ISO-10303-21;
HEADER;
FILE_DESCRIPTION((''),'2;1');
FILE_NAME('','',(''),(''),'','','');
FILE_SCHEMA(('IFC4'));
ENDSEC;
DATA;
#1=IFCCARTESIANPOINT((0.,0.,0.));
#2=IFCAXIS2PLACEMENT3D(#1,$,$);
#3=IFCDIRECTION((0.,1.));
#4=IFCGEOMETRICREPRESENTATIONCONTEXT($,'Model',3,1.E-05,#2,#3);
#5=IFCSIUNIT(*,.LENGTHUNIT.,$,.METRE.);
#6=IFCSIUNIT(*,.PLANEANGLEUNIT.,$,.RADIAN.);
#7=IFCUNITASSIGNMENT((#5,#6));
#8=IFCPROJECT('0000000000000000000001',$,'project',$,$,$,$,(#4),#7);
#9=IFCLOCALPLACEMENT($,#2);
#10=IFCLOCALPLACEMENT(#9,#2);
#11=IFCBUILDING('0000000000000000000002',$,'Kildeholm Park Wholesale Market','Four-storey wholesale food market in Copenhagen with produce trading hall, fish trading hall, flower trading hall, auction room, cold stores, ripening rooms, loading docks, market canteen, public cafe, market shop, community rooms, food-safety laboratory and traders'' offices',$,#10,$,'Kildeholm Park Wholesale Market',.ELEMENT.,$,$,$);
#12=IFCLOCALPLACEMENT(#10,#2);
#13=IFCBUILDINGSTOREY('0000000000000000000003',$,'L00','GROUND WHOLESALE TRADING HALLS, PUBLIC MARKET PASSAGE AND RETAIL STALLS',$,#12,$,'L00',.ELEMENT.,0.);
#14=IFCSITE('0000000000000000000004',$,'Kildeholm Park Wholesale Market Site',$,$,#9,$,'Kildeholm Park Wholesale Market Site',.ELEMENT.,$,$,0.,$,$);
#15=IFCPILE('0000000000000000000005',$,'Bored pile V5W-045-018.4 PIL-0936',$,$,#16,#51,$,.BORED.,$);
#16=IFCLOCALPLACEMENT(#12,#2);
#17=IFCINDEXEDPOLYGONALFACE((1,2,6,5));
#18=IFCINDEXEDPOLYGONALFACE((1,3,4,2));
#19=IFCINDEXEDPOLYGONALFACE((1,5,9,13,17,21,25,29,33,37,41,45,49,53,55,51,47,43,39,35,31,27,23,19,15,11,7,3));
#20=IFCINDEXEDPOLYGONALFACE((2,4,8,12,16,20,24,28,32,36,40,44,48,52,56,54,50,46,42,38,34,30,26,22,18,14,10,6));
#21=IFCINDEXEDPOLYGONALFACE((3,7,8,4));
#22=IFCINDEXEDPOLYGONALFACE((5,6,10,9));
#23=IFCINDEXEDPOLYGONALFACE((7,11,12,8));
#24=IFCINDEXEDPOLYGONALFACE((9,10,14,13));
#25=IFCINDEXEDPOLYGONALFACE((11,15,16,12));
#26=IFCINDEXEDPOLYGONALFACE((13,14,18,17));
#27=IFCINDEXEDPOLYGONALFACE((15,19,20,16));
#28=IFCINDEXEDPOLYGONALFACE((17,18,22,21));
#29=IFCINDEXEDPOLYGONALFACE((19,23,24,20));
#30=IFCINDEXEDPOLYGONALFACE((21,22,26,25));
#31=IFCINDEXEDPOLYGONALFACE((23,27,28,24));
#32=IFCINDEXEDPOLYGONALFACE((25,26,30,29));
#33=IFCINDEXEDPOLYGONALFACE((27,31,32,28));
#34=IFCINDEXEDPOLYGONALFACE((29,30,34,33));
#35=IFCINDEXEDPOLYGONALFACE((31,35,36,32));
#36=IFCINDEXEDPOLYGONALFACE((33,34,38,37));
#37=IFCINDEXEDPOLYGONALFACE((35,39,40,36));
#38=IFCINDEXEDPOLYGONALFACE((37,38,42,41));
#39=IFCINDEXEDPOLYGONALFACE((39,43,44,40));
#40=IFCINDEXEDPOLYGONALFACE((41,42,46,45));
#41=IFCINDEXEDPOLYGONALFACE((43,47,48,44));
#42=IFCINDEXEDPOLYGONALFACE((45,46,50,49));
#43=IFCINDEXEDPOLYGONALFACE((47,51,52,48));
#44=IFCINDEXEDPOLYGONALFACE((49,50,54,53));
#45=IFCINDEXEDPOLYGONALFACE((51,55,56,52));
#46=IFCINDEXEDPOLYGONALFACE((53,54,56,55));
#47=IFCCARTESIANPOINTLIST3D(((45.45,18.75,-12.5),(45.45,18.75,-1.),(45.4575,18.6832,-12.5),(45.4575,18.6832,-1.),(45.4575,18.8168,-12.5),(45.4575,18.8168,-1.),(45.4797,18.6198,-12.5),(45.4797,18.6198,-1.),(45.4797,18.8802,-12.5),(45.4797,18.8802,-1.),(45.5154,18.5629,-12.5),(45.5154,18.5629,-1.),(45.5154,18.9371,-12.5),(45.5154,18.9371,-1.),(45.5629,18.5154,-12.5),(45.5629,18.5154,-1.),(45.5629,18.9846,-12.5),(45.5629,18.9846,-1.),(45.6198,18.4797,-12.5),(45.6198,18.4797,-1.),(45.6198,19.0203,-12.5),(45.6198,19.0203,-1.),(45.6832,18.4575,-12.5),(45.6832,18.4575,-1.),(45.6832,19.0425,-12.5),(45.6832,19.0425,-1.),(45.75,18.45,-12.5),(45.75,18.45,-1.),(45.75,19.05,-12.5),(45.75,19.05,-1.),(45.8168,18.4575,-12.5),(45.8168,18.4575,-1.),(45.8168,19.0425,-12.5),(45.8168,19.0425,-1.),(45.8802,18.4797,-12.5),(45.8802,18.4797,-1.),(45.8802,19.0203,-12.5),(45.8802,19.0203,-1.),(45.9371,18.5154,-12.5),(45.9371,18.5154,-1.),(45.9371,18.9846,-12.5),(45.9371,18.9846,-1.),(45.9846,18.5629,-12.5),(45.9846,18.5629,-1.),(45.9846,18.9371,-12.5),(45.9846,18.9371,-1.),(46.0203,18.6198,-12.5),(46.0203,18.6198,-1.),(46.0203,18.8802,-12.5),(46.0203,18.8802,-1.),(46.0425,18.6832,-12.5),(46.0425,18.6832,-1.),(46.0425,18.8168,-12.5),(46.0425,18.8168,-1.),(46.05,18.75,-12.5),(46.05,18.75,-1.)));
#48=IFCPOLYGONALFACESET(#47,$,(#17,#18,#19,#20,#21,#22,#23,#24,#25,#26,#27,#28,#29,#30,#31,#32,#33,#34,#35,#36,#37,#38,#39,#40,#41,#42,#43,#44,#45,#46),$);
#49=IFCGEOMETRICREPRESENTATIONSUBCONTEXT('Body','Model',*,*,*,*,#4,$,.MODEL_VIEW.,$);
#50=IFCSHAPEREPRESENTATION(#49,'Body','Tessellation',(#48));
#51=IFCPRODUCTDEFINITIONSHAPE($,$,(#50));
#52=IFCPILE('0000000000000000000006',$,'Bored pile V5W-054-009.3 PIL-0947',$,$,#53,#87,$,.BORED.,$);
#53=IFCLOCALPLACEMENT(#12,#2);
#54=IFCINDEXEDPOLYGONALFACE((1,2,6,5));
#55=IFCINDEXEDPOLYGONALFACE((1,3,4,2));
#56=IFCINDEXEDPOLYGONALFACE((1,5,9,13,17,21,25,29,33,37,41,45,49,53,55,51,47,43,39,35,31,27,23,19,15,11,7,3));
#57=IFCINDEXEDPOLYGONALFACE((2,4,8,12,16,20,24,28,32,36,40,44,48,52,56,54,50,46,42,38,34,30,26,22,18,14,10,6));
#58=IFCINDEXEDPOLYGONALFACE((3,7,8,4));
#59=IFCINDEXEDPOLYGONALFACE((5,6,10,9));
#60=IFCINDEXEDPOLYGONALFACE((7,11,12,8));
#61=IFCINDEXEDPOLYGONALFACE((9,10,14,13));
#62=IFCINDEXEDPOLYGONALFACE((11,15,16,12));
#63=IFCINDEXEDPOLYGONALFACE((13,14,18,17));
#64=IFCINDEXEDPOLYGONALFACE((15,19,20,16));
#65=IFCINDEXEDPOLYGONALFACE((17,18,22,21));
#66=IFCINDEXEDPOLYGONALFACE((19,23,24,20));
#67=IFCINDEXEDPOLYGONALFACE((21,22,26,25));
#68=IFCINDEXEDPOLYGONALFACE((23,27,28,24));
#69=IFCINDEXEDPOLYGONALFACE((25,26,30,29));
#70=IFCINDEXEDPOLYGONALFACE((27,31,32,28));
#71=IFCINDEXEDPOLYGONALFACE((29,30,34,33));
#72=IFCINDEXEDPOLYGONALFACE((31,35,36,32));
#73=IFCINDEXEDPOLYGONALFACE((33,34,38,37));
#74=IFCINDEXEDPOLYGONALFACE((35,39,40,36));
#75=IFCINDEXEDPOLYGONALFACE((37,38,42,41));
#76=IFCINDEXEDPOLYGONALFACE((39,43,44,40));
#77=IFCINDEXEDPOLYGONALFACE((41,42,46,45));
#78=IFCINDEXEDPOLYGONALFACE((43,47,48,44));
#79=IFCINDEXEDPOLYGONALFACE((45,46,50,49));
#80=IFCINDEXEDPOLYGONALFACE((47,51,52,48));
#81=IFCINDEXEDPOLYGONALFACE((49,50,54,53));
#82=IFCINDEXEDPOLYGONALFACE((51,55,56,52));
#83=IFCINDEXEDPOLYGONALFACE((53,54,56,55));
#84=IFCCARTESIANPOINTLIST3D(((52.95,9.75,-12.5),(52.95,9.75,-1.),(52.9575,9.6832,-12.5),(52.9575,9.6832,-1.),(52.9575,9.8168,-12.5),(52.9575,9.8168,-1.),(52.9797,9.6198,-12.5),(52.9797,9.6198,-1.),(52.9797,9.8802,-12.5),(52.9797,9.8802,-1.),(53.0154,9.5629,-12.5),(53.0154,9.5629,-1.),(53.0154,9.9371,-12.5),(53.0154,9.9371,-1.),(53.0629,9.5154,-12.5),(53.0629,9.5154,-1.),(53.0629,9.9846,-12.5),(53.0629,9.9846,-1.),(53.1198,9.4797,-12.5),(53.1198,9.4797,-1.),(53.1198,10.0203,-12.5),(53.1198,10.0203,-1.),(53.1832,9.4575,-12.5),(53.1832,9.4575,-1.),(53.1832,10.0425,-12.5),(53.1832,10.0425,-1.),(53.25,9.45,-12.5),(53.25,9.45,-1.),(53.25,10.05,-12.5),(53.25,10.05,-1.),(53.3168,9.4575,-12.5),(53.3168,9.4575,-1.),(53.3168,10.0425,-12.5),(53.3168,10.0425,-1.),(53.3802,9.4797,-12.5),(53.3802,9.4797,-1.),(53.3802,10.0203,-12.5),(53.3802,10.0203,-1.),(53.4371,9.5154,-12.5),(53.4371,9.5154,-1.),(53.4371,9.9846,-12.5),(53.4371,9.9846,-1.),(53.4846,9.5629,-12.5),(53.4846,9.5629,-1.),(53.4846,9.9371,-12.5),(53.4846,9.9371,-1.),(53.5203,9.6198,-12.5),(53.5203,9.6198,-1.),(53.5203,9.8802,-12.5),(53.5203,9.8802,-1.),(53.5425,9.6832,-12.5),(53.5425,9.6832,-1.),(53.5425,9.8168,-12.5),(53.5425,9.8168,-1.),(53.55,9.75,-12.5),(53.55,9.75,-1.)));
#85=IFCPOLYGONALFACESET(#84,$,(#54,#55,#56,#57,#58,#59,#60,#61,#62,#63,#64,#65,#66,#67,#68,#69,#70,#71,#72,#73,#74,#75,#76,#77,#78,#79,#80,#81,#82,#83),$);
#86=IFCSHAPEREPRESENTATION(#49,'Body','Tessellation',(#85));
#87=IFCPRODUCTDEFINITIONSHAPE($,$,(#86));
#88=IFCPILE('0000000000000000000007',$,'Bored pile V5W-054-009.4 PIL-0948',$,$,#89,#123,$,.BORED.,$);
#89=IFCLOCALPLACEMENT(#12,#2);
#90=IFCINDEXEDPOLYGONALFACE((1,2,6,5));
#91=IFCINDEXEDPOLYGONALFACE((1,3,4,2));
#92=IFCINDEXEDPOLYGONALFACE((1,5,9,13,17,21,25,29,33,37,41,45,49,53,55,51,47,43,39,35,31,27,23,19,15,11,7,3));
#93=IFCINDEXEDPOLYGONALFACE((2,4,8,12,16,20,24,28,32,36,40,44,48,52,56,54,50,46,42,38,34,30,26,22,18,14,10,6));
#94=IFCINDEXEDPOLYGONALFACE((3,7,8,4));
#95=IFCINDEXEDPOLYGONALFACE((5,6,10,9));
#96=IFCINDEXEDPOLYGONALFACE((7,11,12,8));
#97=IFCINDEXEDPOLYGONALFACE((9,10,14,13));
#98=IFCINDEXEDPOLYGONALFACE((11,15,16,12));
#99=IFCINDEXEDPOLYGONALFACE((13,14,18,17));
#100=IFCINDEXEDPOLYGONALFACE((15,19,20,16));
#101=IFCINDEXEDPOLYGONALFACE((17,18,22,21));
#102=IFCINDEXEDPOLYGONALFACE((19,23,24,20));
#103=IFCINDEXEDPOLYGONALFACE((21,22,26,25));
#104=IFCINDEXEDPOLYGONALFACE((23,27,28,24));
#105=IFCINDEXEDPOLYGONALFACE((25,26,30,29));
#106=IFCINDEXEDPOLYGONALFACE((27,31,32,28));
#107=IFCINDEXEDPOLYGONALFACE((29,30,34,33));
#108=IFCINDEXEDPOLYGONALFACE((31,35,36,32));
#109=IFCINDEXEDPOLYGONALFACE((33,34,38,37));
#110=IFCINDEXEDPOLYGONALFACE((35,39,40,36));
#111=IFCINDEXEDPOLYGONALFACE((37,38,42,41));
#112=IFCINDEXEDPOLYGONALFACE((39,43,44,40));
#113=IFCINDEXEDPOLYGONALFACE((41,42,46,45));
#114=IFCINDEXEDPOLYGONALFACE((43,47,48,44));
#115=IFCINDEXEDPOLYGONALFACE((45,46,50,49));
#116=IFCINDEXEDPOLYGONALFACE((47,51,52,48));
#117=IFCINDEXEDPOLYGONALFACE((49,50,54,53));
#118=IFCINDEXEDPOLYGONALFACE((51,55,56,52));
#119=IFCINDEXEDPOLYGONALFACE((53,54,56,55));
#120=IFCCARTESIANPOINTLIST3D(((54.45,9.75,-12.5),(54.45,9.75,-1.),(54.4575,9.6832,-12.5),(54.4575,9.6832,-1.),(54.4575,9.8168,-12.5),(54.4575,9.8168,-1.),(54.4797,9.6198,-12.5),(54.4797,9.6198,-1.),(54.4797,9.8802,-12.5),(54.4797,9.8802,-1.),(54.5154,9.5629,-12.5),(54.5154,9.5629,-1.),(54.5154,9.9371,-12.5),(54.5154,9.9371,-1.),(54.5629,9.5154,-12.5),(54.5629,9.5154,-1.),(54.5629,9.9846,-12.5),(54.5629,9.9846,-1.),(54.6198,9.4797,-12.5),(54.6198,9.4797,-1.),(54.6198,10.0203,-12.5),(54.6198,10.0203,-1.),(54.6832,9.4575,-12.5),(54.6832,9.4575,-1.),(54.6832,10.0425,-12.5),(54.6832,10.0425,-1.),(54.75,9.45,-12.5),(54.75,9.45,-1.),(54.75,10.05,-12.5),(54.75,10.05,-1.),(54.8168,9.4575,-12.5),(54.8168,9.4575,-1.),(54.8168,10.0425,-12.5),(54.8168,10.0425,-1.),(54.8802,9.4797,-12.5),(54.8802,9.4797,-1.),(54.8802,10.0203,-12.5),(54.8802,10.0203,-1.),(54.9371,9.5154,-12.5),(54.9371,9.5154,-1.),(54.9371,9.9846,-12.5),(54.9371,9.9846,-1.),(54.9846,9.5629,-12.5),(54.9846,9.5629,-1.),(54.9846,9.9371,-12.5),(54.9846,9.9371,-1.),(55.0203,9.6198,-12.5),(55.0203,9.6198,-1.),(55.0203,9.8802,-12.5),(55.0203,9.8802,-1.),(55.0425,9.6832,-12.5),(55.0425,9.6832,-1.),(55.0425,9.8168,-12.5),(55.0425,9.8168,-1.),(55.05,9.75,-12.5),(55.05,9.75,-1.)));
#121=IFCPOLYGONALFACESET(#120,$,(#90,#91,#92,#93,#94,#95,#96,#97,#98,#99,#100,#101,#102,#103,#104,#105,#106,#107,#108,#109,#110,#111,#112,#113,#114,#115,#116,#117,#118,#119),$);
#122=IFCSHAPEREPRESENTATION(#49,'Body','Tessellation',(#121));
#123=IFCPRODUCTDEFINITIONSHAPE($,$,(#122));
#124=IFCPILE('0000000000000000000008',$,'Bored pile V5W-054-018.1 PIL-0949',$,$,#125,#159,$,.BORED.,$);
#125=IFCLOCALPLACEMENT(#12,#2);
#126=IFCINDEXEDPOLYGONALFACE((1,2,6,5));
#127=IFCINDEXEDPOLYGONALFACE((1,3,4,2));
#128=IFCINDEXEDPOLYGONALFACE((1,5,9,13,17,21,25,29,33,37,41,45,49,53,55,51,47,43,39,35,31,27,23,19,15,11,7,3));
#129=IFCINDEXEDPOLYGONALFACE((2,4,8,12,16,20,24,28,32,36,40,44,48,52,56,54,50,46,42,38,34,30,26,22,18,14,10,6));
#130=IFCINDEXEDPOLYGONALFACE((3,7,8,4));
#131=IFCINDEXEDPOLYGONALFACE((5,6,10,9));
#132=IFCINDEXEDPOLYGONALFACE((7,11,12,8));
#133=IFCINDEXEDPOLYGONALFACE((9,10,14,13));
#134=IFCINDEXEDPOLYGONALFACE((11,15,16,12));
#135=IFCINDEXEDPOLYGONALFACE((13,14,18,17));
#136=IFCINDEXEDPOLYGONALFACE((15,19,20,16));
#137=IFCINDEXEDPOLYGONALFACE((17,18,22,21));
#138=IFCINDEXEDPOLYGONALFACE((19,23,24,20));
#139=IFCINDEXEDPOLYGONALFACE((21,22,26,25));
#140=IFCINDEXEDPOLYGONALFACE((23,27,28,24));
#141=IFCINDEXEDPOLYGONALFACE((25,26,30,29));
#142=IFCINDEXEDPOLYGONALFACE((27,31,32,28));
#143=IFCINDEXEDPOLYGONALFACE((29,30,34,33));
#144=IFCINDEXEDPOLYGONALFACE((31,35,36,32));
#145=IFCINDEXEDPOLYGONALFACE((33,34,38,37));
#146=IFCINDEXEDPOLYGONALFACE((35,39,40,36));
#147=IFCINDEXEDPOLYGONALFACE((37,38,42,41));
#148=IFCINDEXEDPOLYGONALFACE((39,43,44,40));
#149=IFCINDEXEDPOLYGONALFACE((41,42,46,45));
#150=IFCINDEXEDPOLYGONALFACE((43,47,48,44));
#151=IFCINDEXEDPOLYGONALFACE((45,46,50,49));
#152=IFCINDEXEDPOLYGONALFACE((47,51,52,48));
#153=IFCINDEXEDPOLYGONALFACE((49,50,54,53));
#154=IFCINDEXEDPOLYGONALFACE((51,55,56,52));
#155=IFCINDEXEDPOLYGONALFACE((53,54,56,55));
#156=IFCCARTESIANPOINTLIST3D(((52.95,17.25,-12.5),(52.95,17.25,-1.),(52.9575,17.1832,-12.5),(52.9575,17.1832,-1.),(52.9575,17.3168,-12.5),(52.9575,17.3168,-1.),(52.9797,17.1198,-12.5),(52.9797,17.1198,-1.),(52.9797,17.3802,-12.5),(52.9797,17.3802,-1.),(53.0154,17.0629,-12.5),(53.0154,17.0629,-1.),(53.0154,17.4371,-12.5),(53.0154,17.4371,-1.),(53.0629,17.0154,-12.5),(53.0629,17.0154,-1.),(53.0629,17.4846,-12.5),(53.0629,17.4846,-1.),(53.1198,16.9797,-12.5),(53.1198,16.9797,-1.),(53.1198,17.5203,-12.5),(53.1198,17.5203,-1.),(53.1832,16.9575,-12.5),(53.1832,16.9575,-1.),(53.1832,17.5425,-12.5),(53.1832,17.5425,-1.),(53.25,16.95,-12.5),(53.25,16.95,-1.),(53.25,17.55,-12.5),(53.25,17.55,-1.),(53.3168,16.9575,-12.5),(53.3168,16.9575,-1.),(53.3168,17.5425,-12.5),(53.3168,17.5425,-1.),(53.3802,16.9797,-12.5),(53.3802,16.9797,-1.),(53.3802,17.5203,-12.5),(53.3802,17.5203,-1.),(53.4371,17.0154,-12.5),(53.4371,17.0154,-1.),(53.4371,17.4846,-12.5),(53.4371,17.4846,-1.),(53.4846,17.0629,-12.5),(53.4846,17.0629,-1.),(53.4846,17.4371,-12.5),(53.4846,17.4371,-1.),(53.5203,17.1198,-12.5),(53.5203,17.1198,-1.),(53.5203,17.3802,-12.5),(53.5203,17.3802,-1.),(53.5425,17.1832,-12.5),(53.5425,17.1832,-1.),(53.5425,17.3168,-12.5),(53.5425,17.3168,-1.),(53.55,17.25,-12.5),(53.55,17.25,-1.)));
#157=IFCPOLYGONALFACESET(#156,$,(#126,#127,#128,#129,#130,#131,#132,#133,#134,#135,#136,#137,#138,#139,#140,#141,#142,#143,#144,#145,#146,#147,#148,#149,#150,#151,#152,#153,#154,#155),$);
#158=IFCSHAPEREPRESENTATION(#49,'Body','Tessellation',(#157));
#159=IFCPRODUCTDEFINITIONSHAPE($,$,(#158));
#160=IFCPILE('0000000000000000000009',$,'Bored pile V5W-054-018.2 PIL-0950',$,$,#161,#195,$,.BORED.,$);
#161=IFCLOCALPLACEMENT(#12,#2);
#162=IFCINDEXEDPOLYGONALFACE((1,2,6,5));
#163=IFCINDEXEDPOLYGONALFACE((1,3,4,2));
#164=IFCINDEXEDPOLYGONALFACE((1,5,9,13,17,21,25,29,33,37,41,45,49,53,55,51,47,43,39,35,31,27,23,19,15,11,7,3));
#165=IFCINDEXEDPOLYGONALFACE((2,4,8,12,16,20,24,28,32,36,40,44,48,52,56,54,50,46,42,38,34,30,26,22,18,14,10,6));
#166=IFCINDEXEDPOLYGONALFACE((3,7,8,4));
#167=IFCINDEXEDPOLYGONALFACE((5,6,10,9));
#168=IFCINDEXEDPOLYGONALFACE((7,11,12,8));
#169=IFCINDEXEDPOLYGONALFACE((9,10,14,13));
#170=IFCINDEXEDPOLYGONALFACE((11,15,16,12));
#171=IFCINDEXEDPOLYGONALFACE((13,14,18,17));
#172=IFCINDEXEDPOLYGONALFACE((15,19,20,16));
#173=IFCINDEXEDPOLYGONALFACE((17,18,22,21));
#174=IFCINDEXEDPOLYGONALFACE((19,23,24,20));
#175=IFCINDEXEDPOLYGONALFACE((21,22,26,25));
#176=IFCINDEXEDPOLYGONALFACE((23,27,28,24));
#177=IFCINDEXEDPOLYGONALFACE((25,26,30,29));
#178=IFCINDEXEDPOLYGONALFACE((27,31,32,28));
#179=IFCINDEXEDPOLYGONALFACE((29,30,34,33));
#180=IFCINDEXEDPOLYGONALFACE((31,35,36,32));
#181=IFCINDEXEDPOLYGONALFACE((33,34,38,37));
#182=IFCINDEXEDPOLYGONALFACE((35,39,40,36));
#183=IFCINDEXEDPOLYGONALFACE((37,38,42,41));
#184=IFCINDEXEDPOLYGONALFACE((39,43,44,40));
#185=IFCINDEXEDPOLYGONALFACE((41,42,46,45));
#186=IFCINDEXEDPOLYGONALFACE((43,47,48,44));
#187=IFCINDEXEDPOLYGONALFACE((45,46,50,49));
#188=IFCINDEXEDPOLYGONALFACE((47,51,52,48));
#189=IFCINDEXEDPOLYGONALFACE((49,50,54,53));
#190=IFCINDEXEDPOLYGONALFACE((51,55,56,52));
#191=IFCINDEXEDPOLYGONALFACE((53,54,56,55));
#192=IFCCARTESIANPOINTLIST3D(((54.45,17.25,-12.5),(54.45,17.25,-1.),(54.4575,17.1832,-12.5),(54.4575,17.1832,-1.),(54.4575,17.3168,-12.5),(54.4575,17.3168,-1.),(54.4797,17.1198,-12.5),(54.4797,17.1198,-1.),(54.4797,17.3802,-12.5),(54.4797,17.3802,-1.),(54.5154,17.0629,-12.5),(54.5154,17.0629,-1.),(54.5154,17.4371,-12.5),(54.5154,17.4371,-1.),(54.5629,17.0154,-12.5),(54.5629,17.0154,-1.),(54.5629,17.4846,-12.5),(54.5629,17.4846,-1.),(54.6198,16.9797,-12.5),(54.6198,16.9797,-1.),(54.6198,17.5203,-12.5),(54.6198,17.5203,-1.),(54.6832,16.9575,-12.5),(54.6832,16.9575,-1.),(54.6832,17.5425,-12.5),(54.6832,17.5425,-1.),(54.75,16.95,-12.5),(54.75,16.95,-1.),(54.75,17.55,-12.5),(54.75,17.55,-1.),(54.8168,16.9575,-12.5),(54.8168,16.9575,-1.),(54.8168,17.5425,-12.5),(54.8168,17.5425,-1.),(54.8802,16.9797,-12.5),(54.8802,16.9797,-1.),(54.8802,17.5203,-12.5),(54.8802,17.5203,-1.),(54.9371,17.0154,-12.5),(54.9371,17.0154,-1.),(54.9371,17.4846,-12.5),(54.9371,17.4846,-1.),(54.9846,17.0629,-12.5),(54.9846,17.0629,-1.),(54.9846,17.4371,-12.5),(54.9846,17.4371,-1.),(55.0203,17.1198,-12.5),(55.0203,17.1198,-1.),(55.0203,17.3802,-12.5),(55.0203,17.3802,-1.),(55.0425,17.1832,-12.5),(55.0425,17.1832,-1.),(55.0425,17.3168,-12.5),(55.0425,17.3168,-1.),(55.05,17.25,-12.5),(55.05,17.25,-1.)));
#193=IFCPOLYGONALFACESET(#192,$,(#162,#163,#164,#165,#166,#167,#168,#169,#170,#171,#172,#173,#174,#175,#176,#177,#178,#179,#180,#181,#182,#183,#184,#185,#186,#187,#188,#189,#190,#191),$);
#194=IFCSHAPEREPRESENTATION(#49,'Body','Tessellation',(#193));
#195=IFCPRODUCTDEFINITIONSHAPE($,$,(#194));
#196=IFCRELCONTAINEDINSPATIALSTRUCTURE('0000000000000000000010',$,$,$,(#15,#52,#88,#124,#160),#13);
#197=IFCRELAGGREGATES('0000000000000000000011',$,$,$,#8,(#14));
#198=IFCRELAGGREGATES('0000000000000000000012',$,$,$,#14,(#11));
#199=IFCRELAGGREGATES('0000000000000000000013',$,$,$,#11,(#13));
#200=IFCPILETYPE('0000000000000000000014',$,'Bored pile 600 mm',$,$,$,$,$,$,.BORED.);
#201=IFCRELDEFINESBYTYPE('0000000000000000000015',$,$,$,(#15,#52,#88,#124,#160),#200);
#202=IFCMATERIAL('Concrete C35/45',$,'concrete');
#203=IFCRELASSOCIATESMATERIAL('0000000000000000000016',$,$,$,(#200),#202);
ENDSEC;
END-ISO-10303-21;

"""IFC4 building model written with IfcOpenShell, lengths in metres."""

from ifc_helpers import new_model, si_unit, direction, frame, origin, origin_2d, place, context, subcontext, project, spatial, circle, extrude, material, material_profile, profile_set, type_object, element, save


model = new_model("IFC4")

# Units and contexts
model_context = context("Model", 3, precision=1e-05, world=origin(), true_north=direction((0.0, 1.0)))
body_context = subcontext(model_context, "Body", "Model", "MODEL_VIEW")
ifc_project = project(units=[si_unit("LENGTHUNIT", "METRE"), si_unit("PLANEANGLEUNIT", "RADIAN")], contexts=[model_context])

# Site, building, storey
site_placement = place(None, origin())
site = spatial("IfcSite", under=ifc_project, at=site_placement, Name="Kildeholm Park Wholesale Market Site", LongName="Kildeholm Park Wholesale Market Site", CompositionType="ELEMENT", RefElevation=0.0)
building_placement = place(site_placement, origin())
building = spatial("IfcBuilding", under=site, at=building_placement, Name="Kildeholm Park Wholesale Market", Description="Four-storey wholesale food market in Copenhagen with produce trading hall, fish trading hall, flower trading hall, auction room, cold stores, ripening rooms, loading docks, market canteen, public cafe, market shop, community rooms, food-safety laboratory and traders' offices", LongName="Kildeholm Park Wholesale Market", CompositionType="ELEMENT")
storey_placement = place(building_placement, origin())
storey = spatial("IfcBuildingStorey", under=building, at=storey_placement, Name="L00", Description="GROUND WHOLESALE TRADING HALLS, PUBLIC MARKET PASSAGE AND RETAIL STALLS", LongName="L00", CompositionType="ELEMENT", Elevation=0.0)

# Piles
ifc_material_1 = material(Name="Concrete C35/45", Category="concrete")
ifc_material_profile_1 = material_profile(ifc_material_1, circle(Radius=0.3, at=origin_2d()), Name="PILE D600")
ifc_profile_set_1 = profile_set([ifc_material_profile_1], Name="Concrete C35/45")
pile_type = type_object("IfcPileType", Name="Bored pile 600 mm", PredefinedType="BORED", material=ifc_profile_set_1)
for number, where, z_axis, x_axis, name in (
    (1, (45.75, 18.75, -1.0), (0.0, 0.0, -1.0), (1.0, 0.0, 0.0), "Bored pile V5W-045-018.4 PIL-0936"),
    (2, (53.25, 9.75, -1.0), (0.0, 0.0, -1.0), (1.0, 0.0, 0.0), "Bored pile V5W-054-009.3 PIL-0947"),
    (3, (54.75, 9.75, -1.0), (0.0, 0.0, -1.0), (1.0, 0.0, 0.0), "Bored pile V5W-054-009.4 PIL-0948"),
    (4, (53.25, 17.25, -1.0), (0.0, 0.0, -1.0), (1.0, 0.0, 0.0), "Bored pile V5W-054-018.1 PIL-0949"),
    (5, (54.75, 17.25, -1.0), (0.0, 0.0, -1.0), (1.0, 0.0, 0.0), "Bored pile V5W-054-018.2 PIL-0950"),
):
    element("IfcPile", number, at=place(storey_placement, frame(where, z_axis=z_axis, x_axis=x_axis)), inside=storey, type_object=pile_type, Name=name, PredefinedType="BORED", context=body_context, shape_type="SweptSolid", body=[
        extrude(circle(Radius=0.3, at=origin_2d()), origin(), (0.0, 0.0, 1.0), 11.5),
    ])

save(model, "model.ifc")
